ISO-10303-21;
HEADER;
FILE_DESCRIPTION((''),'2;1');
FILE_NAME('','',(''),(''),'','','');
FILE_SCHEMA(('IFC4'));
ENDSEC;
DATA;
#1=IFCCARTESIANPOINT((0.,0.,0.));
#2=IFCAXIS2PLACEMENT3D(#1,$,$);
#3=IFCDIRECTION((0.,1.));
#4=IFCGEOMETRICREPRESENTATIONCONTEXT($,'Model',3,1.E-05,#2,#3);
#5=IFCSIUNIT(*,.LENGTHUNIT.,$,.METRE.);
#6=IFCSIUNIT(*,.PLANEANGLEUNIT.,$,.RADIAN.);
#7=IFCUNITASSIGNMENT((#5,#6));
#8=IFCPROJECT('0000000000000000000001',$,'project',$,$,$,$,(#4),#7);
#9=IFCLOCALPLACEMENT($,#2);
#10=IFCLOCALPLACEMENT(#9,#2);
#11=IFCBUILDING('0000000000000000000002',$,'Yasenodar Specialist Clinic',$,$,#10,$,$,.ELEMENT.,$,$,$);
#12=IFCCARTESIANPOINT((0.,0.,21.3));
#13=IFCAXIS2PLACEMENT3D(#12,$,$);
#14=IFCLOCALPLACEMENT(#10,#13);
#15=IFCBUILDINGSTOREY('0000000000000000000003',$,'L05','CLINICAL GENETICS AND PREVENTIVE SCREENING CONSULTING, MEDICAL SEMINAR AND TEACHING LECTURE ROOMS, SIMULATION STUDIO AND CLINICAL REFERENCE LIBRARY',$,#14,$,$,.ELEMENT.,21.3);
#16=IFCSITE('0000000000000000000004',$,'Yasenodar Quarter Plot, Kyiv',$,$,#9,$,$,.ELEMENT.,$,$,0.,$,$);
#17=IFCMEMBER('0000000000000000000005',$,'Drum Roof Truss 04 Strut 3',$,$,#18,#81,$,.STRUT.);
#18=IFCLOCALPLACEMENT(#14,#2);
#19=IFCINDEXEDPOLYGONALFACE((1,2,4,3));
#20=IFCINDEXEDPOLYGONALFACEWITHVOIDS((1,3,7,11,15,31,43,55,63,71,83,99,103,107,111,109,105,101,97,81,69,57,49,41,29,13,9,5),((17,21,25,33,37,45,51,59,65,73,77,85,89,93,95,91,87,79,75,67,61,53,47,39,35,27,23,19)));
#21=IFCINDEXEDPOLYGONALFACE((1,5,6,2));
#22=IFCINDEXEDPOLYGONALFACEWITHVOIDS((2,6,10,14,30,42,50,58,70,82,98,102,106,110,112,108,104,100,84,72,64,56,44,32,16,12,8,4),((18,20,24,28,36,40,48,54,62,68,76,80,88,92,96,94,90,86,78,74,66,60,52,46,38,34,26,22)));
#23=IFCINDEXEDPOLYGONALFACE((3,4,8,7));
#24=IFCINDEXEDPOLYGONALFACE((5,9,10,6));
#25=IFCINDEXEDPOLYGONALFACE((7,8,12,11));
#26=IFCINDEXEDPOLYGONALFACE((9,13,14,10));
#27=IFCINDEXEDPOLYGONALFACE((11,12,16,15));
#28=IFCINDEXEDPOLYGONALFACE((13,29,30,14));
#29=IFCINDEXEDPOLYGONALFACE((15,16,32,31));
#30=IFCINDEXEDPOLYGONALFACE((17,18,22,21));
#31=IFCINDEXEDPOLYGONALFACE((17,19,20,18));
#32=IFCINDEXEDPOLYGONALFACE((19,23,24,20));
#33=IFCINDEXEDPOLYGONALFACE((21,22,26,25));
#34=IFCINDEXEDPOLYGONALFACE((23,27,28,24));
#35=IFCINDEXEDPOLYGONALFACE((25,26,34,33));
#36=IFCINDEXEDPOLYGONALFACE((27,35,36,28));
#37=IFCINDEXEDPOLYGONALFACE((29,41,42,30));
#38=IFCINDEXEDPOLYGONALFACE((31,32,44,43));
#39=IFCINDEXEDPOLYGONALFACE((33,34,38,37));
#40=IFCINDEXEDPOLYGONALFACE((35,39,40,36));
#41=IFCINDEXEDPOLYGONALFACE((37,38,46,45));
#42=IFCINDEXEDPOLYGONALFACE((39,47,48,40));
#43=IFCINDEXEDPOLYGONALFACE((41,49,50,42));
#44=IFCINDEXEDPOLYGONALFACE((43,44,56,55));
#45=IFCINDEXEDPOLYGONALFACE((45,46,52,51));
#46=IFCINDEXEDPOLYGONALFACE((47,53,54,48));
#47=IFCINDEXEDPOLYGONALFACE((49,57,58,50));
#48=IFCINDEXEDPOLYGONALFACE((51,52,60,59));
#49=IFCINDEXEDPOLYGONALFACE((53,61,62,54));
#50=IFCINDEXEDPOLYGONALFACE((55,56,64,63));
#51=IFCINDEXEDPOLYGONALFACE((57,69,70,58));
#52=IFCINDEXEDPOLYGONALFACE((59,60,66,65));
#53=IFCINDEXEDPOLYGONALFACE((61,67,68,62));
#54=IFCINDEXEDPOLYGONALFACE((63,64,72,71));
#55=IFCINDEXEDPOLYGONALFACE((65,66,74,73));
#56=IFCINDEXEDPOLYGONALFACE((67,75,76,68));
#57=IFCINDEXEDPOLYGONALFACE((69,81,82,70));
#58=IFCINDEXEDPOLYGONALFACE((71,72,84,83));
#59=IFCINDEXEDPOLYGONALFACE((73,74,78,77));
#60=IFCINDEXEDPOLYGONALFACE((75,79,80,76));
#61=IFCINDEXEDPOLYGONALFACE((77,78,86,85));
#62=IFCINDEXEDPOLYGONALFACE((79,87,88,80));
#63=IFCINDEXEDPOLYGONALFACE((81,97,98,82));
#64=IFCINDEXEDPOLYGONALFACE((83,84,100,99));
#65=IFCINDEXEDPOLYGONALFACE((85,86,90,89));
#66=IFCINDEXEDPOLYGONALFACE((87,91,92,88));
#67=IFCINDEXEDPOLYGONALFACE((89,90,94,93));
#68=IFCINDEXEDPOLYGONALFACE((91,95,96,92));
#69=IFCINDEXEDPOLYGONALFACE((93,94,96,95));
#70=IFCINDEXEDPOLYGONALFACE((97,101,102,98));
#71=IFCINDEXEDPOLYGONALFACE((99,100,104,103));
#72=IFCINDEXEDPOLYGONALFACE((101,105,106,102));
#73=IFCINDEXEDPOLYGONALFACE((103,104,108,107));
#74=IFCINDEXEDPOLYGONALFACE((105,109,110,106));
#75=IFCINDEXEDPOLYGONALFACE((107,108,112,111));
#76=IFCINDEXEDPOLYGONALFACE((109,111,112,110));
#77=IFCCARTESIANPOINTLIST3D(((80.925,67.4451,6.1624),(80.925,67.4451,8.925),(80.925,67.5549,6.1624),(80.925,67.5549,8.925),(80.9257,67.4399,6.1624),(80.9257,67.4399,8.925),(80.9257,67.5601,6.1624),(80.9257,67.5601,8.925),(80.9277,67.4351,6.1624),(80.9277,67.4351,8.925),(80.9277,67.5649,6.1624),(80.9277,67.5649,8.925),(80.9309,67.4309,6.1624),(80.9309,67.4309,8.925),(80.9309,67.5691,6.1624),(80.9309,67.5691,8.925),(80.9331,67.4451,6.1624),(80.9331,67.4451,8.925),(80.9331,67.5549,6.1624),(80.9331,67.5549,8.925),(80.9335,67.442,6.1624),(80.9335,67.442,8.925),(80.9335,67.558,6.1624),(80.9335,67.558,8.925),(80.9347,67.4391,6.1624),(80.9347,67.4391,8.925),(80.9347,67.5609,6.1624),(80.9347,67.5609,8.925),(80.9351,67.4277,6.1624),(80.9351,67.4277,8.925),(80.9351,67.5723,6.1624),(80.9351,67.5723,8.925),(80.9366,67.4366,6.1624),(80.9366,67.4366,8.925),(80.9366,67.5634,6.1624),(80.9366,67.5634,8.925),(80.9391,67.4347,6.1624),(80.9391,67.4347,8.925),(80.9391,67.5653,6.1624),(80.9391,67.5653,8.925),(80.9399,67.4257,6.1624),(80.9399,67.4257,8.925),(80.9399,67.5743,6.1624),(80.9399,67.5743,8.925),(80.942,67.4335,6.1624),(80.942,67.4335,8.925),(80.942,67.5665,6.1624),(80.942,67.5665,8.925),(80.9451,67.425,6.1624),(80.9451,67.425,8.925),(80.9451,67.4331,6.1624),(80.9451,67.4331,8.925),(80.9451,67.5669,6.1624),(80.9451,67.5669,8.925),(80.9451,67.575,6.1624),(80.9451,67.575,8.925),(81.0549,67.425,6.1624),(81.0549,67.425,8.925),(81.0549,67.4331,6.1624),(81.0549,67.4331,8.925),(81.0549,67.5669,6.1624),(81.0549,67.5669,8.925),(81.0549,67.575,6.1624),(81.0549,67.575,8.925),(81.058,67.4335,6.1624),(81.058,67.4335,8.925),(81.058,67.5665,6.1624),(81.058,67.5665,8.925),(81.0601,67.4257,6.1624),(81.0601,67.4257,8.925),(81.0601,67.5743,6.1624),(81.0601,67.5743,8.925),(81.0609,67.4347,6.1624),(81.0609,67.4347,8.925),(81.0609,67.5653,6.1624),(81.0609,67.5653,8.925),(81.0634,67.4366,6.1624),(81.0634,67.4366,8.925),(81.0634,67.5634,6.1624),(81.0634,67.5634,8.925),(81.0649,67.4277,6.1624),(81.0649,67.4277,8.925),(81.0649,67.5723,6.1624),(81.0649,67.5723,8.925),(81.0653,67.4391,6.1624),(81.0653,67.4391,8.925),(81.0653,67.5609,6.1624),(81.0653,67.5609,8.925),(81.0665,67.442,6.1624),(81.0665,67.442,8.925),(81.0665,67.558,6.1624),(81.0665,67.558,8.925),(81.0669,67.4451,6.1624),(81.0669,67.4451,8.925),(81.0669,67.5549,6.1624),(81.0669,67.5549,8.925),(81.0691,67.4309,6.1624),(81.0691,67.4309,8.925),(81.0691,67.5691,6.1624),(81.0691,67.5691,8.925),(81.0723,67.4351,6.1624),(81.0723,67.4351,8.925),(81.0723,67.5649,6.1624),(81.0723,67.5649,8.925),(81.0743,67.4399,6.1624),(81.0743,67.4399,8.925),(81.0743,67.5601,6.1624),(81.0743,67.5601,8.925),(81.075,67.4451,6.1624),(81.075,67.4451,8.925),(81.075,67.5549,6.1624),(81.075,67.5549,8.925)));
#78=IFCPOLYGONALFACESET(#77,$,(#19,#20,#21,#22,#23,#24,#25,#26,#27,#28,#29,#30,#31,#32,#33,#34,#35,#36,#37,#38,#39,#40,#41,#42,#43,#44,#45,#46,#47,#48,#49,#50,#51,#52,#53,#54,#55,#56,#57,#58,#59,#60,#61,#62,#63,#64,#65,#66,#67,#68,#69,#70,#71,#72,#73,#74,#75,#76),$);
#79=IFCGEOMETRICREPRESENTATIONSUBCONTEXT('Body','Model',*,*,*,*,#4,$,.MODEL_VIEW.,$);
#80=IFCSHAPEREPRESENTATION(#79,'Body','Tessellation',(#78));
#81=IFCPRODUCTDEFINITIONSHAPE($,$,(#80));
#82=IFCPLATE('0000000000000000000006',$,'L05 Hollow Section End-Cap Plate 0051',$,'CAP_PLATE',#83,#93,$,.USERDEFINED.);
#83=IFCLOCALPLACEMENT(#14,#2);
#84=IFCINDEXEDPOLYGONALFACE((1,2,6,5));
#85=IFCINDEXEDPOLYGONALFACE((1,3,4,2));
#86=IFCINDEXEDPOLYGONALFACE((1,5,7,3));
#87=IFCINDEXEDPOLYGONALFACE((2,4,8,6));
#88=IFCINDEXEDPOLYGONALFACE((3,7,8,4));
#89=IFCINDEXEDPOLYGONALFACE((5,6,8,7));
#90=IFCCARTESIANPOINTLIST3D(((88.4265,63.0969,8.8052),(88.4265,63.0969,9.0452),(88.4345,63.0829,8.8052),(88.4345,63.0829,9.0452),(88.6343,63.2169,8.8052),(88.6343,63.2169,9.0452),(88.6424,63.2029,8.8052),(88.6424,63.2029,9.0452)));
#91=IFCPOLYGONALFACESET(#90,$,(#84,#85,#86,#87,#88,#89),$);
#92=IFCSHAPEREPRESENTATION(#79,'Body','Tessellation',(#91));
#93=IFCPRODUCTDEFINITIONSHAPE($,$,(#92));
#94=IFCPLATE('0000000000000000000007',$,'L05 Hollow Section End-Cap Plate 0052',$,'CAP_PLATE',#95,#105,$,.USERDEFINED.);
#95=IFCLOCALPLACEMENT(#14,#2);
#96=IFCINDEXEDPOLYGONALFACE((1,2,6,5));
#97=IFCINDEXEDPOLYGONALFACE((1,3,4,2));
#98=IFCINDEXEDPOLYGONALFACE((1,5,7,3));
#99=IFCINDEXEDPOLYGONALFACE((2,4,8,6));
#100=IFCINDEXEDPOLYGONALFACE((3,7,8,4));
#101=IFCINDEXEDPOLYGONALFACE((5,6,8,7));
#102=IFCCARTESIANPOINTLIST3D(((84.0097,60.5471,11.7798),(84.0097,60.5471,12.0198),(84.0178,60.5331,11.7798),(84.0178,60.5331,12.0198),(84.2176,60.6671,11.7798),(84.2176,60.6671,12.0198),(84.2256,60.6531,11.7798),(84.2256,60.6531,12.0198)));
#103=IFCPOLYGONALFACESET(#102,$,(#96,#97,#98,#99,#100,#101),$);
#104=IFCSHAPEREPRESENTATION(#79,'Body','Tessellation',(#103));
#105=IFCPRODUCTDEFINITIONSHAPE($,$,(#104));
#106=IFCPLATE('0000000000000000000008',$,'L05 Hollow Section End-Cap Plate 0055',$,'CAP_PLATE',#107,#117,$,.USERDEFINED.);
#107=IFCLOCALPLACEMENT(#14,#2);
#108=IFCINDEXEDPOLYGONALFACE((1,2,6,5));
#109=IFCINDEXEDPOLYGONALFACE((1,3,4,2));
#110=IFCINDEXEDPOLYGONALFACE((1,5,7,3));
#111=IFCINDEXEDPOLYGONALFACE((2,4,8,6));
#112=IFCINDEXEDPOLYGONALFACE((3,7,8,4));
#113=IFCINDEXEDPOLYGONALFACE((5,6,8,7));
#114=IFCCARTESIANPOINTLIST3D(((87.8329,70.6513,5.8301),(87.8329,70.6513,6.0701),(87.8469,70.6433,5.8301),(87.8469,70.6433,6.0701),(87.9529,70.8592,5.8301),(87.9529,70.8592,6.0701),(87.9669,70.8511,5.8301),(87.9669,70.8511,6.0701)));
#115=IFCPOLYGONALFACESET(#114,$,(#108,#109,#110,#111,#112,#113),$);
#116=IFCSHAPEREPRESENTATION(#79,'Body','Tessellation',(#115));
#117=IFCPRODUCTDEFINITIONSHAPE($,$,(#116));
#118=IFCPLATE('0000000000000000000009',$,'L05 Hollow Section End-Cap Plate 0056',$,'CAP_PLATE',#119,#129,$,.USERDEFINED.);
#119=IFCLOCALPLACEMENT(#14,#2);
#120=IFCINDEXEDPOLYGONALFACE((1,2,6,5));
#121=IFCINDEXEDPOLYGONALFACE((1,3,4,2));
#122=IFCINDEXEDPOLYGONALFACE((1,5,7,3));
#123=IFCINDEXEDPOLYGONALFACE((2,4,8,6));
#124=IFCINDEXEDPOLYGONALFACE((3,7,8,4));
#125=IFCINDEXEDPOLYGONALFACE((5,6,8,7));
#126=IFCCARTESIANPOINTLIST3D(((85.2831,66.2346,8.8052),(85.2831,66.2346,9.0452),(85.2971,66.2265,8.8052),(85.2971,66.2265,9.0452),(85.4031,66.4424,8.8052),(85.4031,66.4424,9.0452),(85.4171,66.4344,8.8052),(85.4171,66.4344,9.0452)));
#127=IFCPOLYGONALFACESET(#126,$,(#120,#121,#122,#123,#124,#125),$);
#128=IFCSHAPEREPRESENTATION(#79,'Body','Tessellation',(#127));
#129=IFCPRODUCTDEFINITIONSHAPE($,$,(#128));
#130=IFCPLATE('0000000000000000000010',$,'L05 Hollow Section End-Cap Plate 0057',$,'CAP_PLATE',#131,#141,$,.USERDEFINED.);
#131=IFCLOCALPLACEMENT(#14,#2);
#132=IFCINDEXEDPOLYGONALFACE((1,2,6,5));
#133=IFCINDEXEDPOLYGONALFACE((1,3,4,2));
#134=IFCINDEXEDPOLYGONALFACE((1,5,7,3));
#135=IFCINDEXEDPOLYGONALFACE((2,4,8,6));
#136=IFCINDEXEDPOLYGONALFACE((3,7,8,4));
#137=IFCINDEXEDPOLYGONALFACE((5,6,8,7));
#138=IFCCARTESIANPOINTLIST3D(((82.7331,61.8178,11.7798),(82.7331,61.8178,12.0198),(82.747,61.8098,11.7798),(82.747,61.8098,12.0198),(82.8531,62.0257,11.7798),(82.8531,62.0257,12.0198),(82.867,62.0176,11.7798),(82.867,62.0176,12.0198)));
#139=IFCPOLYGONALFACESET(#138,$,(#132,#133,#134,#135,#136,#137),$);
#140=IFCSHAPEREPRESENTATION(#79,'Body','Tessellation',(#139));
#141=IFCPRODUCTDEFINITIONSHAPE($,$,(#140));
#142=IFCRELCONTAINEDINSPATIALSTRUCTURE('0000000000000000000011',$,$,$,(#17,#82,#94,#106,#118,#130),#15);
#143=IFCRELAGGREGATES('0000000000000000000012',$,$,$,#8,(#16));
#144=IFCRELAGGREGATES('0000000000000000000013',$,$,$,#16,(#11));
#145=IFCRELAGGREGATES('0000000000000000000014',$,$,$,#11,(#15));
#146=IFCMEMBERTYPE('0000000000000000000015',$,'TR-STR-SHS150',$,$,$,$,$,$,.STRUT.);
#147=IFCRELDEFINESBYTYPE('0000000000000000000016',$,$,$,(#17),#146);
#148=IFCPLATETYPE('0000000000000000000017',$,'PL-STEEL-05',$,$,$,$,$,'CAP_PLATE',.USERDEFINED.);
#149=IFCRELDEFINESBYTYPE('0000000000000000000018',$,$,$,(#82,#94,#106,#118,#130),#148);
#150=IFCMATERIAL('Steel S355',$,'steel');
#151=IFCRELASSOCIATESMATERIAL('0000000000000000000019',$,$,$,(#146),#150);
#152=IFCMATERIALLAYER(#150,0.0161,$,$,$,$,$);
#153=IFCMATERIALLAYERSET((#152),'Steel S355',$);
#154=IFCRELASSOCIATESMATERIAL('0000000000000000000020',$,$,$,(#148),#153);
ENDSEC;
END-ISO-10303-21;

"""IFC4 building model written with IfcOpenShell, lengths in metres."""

from ifc_helpers import new_model, si_unit, direction, frame, origin, origin_2d, place, context, subcontext, project, spatial, rectangle, hollow_rectangle, extrude, material, layer, layer_set, material_profile, profile_set, type_object, element, save


model = new_model("IFC4")

# Units and contexts
model_context = context("Model", 3, precision=1e-05, world=origin(), true_north=direction((0.0, 1.0)))
body_context = subcontext(model_context, "Body", "Model", "MODEL_VIEW")
ifc_project = project(units=[si_unit("LENGTHUNIT", "METRE"), si_unit("PLANEANGLEUNIT", "RADIAN")], contexts=[model_context])

# Site, building, storey
site_placement = place(None, origin())
site = spatial("IfcSite", under=ifc_project, at=site_placement, Name="Yasenodar Quarter Plot, Kyiv", CompositionType="ELEMENT", RefElevation=0.0)
building_placement = place(site_placement, origin())
building = spatial("IfcBuilding", under=site, at=building_placement, Name="Yasenodar Specialist Clinic", CompositionType="ELEMENT")
storey_placement = place(building_placement, frame((0.0, 0.0, 21.3)))
storey = spatial("IfcBuildingStorey", under=building, at=storey_placement, Name="L05", Description="CLINICAL GENETICS AND PREVENTIVE SCREENING CONSULTING, MEDICAL SEMINAR AND TEACHING LECTURE ROOMS, SIMULATION STUDIO AND CLINICAL REFERENCE LIBRARY", CompositionType="ELEMENT", Elevation=21.3)

# Shared definitions
ifc_material = material(Name="Steel S355", Category="steel")

# Member
ifc_material_profile_1 = material_profile(ifc_material, hollow_rectangle(XDim=0.1499, YDim=0.1499, WallThickness=0.0081, InnerFilletRadius=0.012, OuterFilletRadius=0.02, at=origin_2d()), Name="SHS 150x150x8")
ifc_profile_set_1 = profile_set([ifc_material_profile_1], Name="Steel S355")
member_type_1 = type_object("IfcMemberType", Name="TR-STR-SHS150", PredefinedType="STRUT", material=ifc_profile_set_1)
member_1_placement = place(storey_placement, frame((81.0, 67.5, 6.1624), z_axis=(0.0, 0.0, 1.0), x_axis=(1.0, 0.0, 0.0)))
element("IfcMember", 1, at=member_1_placement, inside=storey, type_object=member_type_1, Name="Drum Roof Truss 04 Strut 3", PredefinedType="STRUT", context=body_context, shape_type="SweptSolid", body=[
    extrude(hollow_rectangle(XDim=0.1499, YDim=0.1499, WallThickness=0.0081, InnerFilletRadius=0.012, OuterFilletRadius=0.02, at=origin_2d()), origin(), (0.0, 0.0, 1.0), 2.7627),
])

# Plates
ifc_layer = layer(ifc_material, 0.0161)
ifc_layer_set = layer_set([ifc_layer], Name="Steel S355")
plate_type = type_object("IfcPlateType", Name="PL-STEEL-05", ElementType="CAP_PLATE", PredefinedType="USERDEFINED", material=ifc_layer_set)
for number, where, z_axis, x_axis, name in (
    (2, (88.5344, 63.1499, 8.8052), (0.0, 0.0, 1.0), (0.866025, 0.5, 0.0), "L05 Hollow Section End-Cap Plate 0051"),
    (3, (84.1177, 60.6001, 11.7798), (0.0, 0.0, 1.0), (0.866025, 0.5, 0.0), "L05 Hollow Section End-Cap Plate 0052"),
    (4, (87.8999, 70.7512, 5.8301), (0.0, 0.0, 1.0), (0.5, 0.866025, 0.0), "L05 Hollow Section End-Cap Plate 0055"),
    (5, (85.3501, 66.3345, 8.8052), (0.0, 0.0, 1.0), (0.5, 0.866025, 0.0), "L05 Hollow Section End-Cap Plate 0056"),
    (6, (82.8, 61.9177, 11.7798), (0.0, 0.0, 1.0), (0.5, 0.866025, 0.0), "L05 Hollow Section End-Cap Plate 0057"),
):
    element("IfcPlate", number, at=place(storey_placement, frame(where, z_axis=z_axis, x_axis=x_axis)), inside=storey, type_object=plate_type, Name=name, ObjectType="CAP_PLATE", PredefinedType="USERDEFINED", context=body_context, shape_type="SweptSolid", body=[
        extrude(rectangle(XDim=0.24, YDim=0.0161, at=origin_2d()), origin(), (0.0, 0.0, 1.0), 0.24),
    ])

save(model, "model.ifc")
